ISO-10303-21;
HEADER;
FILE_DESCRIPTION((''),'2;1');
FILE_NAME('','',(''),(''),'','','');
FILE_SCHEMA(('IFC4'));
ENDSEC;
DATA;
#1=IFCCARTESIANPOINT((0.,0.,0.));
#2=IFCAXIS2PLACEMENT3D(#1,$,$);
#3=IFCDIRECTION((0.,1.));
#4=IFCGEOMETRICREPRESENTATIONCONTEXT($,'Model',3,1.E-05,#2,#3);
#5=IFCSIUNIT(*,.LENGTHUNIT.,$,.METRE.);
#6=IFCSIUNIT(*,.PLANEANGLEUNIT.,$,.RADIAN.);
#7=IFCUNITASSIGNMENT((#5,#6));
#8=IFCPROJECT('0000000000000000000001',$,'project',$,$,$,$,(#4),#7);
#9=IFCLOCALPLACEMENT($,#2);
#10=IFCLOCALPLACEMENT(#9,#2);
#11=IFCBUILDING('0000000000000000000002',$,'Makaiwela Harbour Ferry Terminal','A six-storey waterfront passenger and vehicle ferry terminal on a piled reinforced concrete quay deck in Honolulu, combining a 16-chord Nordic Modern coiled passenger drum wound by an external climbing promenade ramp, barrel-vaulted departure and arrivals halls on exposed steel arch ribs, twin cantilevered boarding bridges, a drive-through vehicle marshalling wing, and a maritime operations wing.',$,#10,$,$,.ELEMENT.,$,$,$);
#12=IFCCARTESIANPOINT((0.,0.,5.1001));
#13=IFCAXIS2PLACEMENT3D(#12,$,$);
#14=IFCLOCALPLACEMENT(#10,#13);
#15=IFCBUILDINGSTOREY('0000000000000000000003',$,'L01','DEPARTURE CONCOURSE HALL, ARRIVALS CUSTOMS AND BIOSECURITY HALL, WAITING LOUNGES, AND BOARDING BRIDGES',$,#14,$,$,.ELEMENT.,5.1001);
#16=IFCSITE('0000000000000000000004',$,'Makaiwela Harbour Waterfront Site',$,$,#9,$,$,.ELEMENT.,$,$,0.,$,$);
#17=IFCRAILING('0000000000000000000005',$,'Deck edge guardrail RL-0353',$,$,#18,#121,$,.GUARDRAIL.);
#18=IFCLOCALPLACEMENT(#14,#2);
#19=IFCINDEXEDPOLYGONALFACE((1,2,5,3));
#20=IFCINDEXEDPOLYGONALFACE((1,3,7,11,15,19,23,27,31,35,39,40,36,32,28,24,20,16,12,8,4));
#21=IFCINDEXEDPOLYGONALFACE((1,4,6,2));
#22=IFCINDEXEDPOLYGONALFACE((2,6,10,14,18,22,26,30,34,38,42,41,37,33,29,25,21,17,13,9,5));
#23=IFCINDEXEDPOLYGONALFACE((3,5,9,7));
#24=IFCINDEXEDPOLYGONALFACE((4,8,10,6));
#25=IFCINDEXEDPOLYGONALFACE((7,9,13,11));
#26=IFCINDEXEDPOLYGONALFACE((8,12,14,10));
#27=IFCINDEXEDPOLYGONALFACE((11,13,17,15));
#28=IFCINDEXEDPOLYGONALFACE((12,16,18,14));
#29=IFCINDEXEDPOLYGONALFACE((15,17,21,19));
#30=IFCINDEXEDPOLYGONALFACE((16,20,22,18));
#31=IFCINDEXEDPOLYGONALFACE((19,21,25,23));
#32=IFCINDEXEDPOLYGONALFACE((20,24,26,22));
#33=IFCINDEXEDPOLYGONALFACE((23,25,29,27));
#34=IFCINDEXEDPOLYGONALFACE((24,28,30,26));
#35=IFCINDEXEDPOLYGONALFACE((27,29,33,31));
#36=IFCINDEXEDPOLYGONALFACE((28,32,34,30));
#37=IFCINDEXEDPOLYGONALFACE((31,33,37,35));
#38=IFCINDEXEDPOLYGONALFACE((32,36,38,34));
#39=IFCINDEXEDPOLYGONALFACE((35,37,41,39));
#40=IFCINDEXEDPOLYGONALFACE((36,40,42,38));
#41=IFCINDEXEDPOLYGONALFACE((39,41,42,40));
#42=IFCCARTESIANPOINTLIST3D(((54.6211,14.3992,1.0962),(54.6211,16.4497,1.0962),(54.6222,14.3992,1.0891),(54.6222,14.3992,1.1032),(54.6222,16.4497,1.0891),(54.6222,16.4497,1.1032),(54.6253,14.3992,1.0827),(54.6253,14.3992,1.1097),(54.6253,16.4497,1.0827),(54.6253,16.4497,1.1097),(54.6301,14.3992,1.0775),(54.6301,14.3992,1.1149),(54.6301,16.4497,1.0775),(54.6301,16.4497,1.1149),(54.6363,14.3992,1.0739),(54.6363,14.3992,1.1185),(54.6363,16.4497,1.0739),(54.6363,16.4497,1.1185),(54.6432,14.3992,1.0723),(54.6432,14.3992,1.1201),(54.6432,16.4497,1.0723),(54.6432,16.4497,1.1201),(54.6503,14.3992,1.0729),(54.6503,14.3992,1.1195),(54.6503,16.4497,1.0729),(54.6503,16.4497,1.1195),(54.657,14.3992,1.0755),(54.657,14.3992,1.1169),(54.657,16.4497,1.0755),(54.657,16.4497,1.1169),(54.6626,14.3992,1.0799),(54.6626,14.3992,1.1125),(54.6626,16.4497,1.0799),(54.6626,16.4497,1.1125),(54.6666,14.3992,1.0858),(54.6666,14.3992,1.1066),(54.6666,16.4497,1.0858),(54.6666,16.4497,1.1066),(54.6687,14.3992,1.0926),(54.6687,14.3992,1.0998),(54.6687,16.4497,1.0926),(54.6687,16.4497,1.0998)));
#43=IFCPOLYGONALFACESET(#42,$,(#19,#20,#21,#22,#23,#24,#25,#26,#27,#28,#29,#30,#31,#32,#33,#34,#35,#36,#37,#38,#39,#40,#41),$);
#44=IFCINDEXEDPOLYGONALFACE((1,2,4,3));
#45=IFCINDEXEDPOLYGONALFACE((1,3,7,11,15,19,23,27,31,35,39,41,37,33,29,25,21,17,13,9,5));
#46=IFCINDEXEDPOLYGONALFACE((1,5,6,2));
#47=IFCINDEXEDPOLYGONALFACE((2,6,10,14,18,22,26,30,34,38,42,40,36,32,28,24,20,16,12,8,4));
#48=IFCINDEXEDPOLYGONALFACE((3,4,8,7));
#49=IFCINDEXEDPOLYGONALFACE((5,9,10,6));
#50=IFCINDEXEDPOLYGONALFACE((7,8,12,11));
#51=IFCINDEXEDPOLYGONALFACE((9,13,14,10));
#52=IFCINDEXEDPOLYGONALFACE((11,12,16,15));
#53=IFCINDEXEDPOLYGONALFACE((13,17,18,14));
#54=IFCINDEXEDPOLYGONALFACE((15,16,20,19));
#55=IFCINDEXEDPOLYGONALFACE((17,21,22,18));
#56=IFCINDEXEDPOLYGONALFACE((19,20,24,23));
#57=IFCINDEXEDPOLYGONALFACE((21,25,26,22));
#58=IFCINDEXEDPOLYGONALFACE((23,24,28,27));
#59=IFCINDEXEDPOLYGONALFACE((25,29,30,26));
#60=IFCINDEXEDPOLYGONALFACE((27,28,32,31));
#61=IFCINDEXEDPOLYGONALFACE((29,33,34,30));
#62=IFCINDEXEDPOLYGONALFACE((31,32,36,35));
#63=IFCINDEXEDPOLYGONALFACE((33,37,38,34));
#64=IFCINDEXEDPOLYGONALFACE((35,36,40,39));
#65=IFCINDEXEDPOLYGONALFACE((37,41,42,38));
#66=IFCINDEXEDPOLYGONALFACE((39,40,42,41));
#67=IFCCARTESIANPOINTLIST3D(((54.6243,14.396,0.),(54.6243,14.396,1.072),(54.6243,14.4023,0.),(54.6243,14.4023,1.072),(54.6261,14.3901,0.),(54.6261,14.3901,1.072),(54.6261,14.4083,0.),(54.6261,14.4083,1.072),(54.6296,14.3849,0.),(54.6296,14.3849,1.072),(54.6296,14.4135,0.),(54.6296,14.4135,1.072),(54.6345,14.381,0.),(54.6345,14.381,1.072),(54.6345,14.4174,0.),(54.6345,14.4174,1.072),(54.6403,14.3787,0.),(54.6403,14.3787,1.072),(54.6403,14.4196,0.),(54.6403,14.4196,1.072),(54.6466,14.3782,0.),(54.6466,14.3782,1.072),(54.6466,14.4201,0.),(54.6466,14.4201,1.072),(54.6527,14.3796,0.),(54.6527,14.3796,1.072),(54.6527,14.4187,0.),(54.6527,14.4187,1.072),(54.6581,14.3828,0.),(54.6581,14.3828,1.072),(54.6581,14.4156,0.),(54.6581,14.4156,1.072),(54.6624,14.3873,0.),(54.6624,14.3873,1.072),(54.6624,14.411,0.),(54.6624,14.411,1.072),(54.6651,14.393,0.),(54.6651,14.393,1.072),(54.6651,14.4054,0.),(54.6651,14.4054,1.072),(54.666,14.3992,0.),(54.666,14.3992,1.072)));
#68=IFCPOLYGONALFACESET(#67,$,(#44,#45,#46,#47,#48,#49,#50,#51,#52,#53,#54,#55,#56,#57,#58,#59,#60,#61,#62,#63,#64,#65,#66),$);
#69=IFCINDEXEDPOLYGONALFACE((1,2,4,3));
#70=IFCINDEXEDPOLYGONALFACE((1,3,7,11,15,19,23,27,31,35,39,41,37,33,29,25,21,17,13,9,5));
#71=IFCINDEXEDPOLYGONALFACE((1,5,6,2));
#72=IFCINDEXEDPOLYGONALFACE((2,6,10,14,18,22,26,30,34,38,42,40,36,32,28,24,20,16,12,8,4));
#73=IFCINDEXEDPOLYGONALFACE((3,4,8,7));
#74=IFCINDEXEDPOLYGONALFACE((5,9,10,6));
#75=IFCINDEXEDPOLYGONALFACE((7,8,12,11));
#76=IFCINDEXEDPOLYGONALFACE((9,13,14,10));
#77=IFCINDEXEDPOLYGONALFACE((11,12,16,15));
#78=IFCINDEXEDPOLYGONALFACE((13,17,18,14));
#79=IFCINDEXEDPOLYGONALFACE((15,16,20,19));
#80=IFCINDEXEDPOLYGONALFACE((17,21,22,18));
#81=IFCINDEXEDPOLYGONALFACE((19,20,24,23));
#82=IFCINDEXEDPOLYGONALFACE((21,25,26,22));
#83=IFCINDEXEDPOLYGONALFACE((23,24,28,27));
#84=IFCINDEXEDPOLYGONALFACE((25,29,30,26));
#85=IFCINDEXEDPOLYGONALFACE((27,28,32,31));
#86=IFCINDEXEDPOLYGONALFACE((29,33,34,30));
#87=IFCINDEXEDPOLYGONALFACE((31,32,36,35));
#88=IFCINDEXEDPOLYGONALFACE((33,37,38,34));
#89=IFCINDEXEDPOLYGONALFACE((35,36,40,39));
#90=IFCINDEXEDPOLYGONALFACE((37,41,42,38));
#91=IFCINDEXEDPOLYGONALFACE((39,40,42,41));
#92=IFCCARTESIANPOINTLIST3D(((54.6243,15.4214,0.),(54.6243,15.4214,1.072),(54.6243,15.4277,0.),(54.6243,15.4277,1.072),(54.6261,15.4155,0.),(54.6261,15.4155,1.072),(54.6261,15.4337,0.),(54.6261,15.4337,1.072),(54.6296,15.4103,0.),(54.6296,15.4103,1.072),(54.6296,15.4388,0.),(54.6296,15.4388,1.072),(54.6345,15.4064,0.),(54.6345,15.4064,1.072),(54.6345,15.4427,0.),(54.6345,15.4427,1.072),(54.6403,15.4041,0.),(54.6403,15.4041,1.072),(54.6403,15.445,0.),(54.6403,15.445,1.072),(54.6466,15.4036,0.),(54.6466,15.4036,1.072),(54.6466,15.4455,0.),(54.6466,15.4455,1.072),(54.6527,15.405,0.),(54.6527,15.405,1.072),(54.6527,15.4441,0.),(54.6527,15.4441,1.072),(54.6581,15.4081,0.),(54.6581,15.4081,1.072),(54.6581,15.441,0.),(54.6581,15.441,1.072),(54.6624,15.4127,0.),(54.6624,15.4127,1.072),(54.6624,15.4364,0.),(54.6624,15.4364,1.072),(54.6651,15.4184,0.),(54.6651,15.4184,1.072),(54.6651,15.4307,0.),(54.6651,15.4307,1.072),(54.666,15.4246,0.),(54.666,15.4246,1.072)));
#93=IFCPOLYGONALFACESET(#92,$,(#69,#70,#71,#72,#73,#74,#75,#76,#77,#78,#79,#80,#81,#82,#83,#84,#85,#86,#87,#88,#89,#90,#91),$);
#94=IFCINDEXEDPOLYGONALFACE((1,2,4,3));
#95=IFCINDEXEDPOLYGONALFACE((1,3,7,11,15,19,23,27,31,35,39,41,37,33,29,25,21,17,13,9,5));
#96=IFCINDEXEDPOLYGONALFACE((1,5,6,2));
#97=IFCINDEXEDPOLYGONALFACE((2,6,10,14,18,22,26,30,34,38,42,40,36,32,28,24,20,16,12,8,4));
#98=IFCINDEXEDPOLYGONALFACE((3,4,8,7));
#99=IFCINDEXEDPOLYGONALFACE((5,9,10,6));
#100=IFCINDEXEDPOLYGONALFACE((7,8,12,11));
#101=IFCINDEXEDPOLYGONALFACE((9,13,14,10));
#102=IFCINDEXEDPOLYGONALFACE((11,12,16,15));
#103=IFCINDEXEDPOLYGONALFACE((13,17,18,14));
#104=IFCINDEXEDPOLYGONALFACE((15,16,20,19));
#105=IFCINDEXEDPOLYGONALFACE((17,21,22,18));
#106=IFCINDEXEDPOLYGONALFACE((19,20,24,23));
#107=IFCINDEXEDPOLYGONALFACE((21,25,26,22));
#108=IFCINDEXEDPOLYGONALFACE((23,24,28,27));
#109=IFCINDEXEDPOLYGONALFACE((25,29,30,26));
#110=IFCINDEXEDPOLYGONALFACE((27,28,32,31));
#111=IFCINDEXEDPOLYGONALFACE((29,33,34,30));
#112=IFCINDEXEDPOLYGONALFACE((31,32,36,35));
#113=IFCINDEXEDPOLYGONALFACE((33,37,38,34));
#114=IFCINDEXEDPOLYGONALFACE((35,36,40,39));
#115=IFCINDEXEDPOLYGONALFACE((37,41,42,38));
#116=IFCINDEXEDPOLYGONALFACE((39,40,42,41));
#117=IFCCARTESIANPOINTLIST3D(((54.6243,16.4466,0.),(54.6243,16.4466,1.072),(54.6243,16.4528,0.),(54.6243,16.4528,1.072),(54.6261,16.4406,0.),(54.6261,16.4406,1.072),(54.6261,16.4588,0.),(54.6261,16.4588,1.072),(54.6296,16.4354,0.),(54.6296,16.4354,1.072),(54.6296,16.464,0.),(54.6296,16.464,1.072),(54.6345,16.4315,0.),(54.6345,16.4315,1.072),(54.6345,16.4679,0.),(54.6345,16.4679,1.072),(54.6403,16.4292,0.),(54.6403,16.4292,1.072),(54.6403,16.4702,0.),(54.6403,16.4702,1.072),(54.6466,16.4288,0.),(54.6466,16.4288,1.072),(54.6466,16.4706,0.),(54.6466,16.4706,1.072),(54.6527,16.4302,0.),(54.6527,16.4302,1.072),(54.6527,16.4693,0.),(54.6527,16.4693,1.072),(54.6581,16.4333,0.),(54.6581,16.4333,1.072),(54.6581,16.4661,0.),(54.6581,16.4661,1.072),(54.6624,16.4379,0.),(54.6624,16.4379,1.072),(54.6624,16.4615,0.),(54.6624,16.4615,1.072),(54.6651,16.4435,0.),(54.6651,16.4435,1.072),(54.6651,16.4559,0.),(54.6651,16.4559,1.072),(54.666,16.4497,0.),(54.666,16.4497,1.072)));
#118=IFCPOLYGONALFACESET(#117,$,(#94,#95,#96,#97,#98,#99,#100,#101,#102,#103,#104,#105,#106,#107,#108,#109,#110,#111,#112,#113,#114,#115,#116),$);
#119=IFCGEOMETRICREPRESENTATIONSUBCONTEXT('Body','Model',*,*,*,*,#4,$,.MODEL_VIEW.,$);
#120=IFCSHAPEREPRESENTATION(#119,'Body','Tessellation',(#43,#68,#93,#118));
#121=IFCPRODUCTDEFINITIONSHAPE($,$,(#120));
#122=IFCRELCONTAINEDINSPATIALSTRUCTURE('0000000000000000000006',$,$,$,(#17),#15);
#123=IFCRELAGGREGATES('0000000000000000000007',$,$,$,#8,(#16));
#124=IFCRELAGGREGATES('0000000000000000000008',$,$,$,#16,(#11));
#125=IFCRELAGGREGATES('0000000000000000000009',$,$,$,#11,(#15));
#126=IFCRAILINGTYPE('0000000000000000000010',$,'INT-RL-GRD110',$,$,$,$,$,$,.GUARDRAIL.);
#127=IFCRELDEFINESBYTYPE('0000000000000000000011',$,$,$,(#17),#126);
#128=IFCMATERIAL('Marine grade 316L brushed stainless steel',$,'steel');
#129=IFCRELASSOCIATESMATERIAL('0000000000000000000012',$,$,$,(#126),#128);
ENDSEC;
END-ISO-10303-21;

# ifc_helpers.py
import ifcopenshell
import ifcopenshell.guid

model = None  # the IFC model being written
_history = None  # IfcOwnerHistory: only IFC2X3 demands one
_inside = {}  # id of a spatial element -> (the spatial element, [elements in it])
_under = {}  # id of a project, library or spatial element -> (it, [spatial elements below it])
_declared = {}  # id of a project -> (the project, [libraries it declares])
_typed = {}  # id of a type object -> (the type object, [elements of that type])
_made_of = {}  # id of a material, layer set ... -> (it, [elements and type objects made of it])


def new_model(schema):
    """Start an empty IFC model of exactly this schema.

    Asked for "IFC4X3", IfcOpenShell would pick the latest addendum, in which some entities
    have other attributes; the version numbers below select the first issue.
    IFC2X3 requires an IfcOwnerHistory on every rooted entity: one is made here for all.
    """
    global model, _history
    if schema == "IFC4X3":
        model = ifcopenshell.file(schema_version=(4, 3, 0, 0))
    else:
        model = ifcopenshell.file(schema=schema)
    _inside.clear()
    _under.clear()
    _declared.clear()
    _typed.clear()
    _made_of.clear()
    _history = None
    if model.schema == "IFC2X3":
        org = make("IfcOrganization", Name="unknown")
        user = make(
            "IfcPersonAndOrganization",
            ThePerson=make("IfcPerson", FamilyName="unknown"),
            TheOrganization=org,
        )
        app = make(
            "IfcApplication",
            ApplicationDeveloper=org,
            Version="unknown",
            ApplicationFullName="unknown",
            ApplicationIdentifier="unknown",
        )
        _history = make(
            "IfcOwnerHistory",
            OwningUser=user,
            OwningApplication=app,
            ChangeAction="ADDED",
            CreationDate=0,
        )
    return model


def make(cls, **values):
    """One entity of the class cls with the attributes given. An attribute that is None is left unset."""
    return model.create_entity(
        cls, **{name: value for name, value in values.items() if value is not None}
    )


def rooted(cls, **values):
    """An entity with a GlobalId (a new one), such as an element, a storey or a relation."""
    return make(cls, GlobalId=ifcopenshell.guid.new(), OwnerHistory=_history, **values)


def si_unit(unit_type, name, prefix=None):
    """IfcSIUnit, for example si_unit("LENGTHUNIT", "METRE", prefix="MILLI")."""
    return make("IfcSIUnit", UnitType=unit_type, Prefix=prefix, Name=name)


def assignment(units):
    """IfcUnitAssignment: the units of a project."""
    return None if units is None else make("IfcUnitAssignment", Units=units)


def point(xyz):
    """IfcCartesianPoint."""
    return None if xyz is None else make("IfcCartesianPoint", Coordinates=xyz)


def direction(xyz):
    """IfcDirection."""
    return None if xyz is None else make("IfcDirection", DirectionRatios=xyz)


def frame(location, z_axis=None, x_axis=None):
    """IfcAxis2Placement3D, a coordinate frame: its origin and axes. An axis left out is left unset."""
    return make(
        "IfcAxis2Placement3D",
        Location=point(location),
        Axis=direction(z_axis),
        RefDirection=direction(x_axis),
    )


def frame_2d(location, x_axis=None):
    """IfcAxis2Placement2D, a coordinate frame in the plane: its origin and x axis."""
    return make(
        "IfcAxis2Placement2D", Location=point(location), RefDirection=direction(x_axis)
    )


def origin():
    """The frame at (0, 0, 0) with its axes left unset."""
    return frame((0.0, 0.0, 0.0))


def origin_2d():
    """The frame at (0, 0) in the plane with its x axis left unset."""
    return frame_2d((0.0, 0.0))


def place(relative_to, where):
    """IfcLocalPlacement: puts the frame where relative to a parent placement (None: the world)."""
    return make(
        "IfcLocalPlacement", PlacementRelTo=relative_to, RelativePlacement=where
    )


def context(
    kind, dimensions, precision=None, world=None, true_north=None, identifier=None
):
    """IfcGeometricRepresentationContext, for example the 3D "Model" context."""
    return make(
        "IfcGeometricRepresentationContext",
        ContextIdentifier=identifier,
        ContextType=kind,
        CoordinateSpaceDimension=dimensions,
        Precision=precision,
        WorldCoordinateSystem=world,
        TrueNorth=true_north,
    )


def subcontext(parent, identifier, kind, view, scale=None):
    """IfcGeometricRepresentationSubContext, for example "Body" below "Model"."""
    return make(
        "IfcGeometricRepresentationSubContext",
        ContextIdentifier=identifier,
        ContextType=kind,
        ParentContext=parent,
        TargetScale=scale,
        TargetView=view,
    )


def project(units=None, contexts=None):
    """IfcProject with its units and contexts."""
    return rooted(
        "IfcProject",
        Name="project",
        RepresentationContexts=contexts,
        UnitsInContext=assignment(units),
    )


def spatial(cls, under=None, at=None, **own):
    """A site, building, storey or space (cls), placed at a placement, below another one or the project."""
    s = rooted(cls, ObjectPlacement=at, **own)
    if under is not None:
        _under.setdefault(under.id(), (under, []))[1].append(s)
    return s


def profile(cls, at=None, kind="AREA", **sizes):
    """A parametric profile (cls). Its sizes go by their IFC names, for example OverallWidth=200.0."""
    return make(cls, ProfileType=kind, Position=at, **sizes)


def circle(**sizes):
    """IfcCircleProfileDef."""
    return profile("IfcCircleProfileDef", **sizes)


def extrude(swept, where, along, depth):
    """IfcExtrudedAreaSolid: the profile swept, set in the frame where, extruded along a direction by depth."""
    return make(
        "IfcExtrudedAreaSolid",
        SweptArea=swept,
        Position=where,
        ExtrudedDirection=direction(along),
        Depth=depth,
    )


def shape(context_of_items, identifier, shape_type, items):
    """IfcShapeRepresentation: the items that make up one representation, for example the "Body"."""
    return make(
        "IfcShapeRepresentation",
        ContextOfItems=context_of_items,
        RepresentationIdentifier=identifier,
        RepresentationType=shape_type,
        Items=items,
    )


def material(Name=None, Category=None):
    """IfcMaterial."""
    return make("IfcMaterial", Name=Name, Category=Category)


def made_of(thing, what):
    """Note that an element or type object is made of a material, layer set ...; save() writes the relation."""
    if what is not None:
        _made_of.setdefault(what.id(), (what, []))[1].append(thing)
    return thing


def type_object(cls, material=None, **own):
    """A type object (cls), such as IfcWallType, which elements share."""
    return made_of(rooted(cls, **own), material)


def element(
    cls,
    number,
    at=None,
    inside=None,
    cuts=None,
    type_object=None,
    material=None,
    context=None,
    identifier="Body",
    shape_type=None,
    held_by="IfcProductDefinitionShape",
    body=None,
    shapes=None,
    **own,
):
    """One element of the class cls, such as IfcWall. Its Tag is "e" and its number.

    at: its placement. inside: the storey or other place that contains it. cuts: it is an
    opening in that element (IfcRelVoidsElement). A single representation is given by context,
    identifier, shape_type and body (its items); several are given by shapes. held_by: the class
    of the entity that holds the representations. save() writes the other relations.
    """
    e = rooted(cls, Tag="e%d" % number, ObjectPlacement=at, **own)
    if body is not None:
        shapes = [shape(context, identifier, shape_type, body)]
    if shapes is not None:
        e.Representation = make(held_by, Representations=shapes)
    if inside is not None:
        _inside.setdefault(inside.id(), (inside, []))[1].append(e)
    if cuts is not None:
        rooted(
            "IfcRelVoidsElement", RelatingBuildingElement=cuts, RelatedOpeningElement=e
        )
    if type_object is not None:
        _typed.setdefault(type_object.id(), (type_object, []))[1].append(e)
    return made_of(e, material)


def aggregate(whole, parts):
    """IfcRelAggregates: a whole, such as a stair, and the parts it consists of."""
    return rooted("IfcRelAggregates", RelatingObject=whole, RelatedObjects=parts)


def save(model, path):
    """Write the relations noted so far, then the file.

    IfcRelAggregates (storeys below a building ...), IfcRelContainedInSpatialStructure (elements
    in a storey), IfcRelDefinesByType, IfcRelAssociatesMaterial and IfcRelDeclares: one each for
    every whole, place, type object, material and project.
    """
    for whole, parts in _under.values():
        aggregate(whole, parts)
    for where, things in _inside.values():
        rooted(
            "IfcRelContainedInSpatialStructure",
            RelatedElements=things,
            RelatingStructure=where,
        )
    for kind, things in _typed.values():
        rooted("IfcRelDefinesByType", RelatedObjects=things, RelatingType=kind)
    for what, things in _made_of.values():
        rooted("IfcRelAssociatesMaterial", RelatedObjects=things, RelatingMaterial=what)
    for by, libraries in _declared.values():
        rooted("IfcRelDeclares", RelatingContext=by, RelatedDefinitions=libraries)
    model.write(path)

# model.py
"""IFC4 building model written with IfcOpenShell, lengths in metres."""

from ifc_helpers import new_model, si_unit, direction, frame, origin, origin_2d, place, context, subcontext, project, spatial, circle, extrude, material, type_object, element, save


model = new_model("IFC4")

# Units and contexts
model_context = context("Model", 3, precision=1e-05, world=origin(), true_north=direction((0.0, 1.0)))
body_context = subcontext(model_context, "Body", "Model", "MODEL_VIEW")
ifc_project = project(units=[si_unit("LENGTHUNIT", "METRE"), si_unit("PLANEANGLEUNIT", "RADIAN")], contexts=[model_context])

# Site, building, storey
site_placement = place(None, origin())
site = spatial("IfcSite", under=ifc_project, at=site_placement, Name="Makaiwela Harbour Waterfront Site", CompositionType="ELEMENT", RefElevation=0.0)
building_placement = place(site_placement, origin())
building = spatial("IfcBuilding", under=site, at=building_placement, Name="Makaiwela Harbour Ferry Terminal", Description="A six-storey waterfront passenger and vehicle ferry terminal on a piled reinforced concrete quay deck in Honolulu, combining a 16-chord Nordic Modern coiled passenger drum wound by an external climbing promenade ramp, barrel-vaulted departure and arrivals halls on exposed steel arch ribs, twin cantilevered boarding bridges, a drive-through vehicle marshalling wing, and a maritime operations wing.", CompositionType="ELEMENT")
storey_placement = place(building_placement, frame((0.0, 0.0, 5.1001)))
storey = spatial("IfcBuildingStorey", under=building, at=storey_placement, Name="L01", Description="DEPARTURE CONCOURSE HALL, ARRIVALS CUSTOMS AND BIOSECURITY HALL, WAITING LOUNGES, AND BOARDING BRIDGES", CompositionType="ELEMENT", Elevation=5.1001)

# Railing
ifc_material_1 = material(Name="Marine grade 316L brushed stainless steel", Category="steel")
railing_type = type_object("IfcRailingType", Name="INT-RL-GRD110", PredefinedType="GUARDRAIL", material=ifc_material_1)
for number, where, name in (
    (1, (54.645, 14.3992, 0.0), "Deck edge guardrail RL-0353"),
):
    element("IfcRailing", number, at=place(storey_placement, frame(where)), inside=storey, type_object=railing_type, Name=name, PredefinedType="GUARDRAIL", context=body_context, shape_type="SweptSolid", body=[
        extrude(circle(Radius=0.0239, at=origin_2d()), frame((0.0, 0.0, 1.0962), z_axis=(0.0, 1.0, 0.0), x_axis=(-1.0, 0.0, 0.0)), (0.0, 0.0, 1.0), 2.0505),
        extrude(circle(Radius=0.021, at=origin_2d()), origin(), (0.0, 0.0, 1.0), 1.072),
        extrude(circle(Radius=0.021, at=origin_2d()), frame((0.0, 1.0254, 0.0)), (0.0, 0.0, 1.0), 1.072),
        extrude(circle(Radius=0.021, at=origin_2d()), frame((0.0, 2.0505, 0.0)), (0.0, 0.0, 1.0), 1.072),
    ])

save(model, "model.ifc")
